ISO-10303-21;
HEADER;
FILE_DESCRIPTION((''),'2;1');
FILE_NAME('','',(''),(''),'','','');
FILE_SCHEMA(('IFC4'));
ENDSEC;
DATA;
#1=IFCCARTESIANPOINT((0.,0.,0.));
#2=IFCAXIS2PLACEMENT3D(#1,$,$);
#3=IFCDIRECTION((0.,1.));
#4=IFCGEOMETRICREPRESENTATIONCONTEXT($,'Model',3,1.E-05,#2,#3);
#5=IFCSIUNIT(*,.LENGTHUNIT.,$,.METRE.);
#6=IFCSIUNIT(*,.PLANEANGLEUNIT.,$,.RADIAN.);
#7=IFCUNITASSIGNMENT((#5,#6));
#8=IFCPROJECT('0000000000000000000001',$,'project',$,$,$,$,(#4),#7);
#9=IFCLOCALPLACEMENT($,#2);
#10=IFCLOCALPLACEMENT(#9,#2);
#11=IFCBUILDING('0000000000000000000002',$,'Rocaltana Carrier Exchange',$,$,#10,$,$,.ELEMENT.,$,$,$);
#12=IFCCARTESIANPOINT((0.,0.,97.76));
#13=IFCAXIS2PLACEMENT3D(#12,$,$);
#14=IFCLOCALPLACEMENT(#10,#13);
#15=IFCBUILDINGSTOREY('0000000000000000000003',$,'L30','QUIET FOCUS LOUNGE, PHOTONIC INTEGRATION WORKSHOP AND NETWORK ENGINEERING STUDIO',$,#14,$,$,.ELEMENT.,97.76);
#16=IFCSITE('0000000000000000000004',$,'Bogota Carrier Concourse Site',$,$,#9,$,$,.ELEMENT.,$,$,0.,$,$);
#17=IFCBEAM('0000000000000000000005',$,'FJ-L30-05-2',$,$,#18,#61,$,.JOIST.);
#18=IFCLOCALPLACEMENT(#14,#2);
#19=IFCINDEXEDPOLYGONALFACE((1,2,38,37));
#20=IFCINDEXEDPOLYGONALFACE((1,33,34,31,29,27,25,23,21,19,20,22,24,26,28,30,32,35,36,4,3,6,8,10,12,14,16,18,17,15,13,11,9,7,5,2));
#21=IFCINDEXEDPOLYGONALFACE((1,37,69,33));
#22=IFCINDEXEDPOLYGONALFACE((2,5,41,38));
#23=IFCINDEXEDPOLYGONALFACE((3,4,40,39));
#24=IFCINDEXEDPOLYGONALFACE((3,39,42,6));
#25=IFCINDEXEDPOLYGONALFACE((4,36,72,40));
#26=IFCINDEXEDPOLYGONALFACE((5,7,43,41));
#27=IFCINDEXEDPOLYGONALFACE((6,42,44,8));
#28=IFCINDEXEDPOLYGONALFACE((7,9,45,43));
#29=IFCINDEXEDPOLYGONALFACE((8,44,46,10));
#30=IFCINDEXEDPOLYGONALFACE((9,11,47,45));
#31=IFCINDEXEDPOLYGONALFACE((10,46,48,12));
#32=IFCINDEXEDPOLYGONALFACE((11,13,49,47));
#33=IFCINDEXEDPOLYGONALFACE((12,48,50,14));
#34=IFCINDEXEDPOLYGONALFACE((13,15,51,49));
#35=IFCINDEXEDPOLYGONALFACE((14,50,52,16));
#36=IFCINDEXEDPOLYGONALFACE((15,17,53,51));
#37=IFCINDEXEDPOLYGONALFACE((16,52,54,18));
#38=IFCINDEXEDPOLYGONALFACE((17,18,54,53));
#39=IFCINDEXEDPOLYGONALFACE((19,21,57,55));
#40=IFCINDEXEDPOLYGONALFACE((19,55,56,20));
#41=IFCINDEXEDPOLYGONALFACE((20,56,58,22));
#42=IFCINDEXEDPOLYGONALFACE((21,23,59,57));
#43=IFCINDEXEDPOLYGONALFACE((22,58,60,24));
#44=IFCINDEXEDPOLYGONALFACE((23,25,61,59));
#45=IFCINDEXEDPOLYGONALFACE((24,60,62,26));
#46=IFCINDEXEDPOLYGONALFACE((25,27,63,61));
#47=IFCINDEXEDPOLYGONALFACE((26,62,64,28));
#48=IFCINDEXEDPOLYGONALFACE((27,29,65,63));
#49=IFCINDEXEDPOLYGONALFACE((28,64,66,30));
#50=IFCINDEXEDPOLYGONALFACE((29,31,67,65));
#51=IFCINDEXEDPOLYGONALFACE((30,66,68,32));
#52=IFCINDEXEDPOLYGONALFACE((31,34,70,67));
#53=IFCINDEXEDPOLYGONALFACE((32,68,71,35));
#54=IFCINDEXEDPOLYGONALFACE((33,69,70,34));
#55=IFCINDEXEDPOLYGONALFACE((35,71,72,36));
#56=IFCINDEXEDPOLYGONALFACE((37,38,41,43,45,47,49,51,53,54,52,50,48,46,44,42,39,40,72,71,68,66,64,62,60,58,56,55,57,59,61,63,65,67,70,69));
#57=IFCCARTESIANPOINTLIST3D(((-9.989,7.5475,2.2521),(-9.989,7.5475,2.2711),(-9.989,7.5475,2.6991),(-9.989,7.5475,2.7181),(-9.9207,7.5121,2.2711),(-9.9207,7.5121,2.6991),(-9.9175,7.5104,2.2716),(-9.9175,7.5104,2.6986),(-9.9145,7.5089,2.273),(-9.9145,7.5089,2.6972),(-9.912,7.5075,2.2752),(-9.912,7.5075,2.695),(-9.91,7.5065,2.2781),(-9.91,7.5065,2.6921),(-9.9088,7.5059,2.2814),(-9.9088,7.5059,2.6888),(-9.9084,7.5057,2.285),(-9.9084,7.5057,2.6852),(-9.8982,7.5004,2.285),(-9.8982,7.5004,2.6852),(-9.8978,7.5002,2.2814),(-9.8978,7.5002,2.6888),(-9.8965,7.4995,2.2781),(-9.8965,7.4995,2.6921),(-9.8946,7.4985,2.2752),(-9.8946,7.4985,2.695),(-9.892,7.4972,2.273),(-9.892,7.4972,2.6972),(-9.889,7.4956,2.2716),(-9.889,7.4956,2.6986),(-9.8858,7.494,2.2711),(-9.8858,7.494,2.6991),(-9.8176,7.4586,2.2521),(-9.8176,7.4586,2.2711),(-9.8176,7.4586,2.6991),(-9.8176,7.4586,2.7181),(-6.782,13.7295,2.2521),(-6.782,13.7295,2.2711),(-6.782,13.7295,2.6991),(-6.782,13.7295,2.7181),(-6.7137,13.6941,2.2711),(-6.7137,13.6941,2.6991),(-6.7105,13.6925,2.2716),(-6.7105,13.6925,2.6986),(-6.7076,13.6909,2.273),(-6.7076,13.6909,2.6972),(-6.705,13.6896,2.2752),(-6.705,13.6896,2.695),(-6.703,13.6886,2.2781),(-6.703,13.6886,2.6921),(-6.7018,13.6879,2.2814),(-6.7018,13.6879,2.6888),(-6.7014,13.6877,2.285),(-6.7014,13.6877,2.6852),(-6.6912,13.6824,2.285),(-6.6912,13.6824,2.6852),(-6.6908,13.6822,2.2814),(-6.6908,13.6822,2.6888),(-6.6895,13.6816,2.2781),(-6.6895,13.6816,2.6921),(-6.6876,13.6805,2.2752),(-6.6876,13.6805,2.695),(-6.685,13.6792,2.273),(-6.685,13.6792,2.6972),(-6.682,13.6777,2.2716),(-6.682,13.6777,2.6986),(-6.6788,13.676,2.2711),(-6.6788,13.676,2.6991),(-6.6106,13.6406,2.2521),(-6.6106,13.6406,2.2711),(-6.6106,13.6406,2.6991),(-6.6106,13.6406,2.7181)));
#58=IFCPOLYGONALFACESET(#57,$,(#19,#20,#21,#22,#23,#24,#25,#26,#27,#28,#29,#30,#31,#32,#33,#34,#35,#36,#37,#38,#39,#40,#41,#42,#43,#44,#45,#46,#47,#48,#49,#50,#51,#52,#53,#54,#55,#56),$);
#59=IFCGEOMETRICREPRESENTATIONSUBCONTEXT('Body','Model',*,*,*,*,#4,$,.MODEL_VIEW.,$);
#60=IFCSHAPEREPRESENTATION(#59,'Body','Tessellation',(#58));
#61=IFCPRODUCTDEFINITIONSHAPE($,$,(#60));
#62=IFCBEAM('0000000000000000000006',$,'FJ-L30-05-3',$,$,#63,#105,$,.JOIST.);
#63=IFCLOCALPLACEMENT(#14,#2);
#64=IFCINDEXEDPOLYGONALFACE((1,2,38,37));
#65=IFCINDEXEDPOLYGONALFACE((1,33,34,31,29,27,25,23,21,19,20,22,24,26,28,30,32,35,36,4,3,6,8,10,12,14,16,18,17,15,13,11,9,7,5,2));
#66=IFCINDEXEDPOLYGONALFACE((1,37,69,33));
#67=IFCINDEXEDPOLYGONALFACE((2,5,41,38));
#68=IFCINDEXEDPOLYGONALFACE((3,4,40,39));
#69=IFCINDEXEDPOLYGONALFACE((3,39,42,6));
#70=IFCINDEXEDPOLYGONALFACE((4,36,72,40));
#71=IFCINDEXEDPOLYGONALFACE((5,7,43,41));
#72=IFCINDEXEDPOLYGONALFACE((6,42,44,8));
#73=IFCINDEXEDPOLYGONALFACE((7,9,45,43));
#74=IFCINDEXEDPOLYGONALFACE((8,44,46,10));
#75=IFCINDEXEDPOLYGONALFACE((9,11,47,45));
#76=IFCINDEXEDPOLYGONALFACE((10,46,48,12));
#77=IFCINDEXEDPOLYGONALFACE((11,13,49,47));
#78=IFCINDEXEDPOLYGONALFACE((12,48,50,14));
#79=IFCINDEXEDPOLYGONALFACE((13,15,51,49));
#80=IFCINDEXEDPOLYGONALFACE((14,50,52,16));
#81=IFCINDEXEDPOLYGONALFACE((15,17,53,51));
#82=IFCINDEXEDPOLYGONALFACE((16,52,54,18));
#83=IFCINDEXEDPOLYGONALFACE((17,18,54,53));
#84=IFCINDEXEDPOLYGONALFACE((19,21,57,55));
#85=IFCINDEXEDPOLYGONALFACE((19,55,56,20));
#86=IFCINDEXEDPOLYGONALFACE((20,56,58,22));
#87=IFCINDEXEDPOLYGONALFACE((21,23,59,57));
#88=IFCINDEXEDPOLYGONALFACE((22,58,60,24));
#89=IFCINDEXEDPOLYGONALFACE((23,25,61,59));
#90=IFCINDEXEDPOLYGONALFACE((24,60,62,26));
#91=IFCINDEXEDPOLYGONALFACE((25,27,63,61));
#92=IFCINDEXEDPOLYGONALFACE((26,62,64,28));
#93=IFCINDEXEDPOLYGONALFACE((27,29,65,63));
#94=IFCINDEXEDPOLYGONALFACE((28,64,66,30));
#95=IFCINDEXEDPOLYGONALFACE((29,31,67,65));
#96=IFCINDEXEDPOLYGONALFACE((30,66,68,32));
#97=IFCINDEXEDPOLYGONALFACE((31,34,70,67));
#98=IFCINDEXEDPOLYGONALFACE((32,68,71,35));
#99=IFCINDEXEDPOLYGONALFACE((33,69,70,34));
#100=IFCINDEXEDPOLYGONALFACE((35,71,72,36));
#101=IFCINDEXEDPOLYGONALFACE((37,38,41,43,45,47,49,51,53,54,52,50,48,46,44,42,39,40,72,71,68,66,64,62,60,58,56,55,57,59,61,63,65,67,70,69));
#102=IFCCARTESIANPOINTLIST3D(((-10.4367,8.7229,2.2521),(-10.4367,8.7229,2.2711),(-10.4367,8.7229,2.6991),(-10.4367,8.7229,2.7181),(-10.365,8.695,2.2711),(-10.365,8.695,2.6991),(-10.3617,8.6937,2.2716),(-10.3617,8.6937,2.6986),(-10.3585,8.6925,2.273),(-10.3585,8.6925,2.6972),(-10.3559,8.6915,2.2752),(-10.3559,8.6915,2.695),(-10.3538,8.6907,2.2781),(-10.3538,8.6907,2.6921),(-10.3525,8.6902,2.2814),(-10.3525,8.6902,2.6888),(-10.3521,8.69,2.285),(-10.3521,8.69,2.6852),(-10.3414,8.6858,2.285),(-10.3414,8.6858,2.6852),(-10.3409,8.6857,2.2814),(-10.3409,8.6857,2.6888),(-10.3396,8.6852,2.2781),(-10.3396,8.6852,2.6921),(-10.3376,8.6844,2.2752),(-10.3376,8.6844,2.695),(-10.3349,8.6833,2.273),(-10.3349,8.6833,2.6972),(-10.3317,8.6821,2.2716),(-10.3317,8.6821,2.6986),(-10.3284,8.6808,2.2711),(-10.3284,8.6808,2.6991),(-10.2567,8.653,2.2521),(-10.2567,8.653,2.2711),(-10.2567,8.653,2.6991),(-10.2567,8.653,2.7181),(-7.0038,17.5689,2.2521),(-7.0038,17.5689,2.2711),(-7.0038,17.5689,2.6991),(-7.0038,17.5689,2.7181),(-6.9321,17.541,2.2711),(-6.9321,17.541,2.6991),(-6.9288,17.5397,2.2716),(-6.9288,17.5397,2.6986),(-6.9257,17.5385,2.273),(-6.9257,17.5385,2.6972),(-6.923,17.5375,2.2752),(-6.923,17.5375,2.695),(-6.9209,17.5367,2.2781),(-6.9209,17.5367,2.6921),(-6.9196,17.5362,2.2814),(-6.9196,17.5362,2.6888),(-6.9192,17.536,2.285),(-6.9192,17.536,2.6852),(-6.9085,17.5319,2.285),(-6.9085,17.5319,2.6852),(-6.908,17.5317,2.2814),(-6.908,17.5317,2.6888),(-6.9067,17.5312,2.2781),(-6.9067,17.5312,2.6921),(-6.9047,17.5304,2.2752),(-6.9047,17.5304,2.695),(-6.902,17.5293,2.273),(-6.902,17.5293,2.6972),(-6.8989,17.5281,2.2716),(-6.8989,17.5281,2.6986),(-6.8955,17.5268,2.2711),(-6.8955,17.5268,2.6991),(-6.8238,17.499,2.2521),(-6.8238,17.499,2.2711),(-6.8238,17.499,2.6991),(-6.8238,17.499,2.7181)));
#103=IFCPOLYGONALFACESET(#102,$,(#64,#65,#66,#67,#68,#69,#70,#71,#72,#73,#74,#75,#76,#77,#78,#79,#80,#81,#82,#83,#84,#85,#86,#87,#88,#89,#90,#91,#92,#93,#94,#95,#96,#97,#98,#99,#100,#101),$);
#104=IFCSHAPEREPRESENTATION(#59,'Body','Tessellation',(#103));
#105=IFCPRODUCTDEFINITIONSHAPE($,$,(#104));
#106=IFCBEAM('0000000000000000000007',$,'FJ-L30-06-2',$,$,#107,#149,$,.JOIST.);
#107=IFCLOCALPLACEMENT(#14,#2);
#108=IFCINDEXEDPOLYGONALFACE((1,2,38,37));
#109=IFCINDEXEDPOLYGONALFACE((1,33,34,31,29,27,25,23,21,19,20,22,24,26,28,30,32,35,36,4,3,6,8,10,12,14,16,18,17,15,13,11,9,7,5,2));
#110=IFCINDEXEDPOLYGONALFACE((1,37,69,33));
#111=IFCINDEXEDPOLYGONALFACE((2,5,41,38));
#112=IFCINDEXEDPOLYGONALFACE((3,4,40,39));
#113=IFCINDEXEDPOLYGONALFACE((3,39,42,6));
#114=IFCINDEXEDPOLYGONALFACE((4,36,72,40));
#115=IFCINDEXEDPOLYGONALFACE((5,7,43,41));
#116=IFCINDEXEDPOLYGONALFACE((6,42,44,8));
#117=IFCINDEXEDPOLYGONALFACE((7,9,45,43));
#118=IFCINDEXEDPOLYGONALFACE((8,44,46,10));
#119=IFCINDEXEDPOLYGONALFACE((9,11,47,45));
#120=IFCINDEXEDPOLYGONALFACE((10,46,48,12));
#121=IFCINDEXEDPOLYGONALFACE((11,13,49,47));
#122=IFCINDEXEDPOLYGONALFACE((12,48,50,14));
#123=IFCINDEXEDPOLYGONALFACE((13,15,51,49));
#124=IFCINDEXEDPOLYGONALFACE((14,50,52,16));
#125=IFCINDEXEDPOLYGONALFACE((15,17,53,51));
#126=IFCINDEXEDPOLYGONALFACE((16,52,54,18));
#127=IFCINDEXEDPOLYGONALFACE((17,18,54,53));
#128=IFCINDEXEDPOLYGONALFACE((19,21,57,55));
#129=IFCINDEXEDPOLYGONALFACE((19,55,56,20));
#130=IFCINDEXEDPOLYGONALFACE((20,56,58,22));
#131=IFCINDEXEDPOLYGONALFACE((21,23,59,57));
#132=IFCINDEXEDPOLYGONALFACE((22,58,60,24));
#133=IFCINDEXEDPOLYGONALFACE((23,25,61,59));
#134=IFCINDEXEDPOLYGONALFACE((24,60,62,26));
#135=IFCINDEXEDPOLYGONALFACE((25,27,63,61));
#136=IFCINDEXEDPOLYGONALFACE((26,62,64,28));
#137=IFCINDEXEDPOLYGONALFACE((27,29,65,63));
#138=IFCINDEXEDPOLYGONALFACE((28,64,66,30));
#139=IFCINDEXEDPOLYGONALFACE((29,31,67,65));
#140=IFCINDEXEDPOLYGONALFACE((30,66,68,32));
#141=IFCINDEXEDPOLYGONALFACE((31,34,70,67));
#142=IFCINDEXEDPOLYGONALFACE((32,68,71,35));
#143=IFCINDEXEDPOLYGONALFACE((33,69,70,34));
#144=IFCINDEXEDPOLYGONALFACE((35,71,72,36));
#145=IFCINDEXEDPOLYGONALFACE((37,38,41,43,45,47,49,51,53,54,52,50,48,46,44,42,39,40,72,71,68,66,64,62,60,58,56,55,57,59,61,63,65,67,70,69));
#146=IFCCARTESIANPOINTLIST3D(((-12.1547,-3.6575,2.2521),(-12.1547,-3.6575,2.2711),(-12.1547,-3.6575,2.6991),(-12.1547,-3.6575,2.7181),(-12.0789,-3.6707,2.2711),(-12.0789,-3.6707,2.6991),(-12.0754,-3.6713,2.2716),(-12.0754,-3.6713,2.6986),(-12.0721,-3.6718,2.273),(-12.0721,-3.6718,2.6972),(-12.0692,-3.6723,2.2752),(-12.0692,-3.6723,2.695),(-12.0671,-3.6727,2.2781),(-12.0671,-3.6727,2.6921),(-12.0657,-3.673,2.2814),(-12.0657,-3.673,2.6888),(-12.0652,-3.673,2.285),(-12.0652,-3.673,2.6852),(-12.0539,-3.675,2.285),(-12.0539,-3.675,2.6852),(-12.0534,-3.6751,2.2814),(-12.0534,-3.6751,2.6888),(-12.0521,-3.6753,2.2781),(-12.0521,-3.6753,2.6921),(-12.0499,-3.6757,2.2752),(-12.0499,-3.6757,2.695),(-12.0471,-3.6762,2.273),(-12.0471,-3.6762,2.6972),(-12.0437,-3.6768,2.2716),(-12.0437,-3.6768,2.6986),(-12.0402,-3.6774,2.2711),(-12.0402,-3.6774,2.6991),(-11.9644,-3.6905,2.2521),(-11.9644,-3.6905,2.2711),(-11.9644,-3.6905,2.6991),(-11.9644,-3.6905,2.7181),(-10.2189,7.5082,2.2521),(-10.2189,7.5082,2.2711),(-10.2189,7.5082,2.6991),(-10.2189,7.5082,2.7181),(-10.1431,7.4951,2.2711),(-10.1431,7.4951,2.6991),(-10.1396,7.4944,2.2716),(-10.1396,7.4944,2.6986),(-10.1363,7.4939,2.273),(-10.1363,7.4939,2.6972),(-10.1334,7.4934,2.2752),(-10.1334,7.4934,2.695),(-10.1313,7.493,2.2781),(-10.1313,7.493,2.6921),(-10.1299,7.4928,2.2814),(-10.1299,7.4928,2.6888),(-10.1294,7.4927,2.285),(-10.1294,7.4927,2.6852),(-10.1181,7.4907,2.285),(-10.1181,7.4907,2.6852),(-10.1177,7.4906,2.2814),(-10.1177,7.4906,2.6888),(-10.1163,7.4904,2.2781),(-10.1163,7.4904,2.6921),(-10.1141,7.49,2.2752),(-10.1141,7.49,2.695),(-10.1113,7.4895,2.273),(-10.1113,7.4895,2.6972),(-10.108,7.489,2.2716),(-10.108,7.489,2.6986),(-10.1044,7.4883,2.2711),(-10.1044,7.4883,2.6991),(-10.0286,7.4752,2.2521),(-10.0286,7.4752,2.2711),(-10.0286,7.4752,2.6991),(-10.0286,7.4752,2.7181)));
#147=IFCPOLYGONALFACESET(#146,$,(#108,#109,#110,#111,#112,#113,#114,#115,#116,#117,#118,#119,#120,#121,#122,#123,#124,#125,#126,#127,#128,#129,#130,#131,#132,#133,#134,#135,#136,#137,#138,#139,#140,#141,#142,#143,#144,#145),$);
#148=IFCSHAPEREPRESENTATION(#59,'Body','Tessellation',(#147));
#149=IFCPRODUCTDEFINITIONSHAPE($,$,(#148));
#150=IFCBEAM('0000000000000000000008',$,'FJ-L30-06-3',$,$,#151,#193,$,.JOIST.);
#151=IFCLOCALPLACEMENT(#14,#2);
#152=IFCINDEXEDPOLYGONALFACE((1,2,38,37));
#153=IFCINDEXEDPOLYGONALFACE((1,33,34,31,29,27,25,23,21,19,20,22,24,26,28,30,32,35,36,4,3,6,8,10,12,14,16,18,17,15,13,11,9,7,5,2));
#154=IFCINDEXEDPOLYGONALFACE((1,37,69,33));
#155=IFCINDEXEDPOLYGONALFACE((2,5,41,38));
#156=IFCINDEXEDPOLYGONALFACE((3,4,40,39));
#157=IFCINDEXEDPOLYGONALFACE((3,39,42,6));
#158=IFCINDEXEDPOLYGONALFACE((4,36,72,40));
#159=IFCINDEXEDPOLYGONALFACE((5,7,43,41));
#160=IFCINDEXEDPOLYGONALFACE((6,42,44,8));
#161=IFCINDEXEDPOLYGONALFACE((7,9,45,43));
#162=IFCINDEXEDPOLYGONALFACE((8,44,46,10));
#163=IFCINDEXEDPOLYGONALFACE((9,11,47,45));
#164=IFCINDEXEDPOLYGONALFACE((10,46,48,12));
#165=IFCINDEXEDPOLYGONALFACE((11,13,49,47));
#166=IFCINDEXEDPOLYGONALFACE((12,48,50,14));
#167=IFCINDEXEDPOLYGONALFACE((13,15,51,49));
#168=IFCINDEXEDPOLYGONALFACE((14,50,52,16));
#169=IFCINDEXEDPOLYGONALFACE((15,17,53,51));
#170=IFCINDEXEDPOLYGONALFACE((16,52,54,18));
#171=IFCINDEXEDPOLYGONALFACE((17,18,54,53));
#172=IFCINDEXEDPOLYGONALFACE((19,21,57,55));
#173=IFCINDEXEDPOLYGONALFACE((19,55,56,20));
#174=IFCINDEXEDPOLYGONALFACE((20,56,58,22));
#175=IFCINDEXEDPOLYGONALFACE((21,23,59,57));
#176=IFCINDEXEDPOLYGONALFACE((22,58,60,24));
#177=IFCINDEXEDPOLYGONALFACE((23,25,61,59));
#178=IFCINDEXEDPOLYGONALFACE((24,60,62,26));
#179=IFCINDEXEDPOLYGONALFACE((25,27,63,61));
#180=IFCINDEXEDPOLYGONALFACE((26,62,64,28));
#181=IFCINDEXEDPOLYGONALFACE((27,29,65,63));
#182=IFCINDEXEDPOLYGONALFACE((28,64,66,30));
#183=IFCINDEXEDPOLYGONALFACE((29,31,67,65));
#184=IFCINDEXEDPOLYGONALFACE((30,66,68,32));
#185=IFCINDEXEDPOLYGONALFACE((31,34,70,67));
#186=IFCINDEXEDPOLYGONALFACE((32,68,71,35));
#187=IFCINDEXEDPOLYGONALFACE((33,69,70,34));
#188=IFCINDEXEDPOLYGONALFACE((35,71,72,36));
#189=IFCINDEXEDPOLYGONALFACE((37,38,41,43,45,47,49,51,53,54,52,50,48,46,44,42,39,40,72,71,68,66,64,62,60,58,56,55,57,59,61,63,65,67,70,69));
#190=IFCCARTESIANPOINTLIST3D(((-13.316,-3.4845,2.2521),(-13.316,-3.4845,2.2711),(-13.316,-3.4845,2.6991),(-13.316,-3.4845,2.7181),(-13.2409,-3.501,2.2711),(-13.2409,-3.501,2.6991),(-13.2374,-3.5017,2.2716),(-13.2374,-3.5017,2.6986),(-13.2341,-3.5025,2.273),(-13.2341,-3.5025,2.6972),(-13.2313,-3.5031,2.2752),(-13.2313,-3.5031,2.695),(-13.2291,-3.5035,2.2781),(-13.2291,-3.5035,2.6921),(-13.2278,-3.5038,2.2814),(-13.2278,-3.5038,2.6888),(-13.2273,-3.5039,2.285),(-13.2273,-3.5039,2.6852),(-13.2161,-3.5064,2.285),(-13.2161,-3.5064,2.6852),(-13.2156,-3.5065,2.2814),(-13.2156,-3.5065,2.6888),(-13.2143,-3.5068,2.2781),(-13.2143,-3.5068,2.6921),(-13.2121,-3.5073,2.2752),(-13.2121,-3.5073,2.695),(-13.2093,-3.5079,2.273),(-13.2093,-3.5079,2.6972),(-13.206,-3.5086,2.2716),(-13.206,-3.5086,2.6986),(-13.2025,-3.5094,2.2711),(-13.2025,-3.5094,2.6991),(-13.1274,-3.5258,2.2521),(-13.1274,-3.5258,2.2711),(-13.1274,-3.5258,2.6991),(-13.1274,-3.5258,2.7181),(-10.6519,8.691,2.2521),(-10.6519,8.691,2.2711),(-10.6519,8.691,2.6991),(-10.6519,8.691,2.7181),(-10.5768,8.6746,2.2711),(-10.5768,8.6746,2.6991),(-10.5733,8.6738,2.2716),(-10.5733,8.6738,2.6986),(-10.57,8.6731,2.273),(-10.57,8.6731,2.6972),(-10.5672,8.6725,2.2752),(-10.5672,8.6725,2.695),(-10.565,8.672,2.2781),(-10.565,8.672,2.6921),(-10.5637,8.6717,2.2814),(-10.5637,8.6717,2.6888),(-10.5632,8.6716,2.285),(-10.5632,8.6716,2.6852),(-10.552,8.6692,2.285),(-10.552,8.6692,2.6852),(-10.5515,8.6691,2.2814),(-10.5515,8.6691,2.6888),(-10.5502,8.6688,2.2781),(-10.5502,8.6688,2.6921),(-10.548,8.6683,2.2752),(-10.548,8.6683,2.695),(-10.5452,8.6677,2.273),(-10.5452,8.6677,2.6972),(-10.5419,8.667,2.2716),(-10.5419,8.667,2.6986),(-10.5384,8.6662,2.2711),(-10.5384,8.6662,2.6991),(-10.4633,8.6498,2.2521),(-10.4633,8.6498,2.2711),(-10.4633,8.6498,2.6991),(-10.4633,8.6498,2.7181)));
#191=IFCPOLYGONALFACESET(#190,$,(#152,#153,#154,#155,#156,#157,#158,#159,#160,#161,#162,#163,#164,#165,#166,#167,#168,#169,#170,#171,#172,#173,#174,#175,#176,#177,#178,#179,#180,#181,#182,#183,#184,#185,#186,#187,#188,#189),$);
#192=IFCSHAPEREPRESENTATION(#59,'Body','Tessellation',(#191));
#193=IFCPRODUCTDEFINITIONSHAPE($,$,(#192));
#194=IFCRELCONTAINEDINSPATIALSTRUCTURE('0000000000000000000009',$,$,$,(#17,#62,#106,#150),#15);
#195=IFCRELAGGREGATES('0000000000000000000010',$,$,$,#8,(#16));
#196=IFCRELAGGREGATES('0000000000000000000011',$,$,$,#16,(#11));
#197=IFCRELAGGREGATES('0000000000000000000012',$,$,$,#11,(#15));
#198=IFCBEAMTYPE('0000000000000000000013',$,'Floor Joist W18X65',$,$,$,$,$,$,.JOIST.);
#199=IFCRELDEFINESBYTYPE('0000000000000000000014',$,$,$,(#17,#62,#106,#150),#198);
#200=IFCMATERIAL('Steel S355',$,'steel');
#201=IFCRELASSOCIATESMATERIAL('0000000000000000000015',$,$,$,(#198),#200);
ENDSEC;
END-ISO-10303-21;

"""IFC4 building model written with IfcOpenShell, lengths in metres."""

from ifc_helpers import new_model, si_unit, direction, frame, origin, origin_2d, place, context, subcontext, project, spatial, i_section, extrude, material, material_profile, profile_set, type_object, element, save


model = new_model("IFC4")

# Units and contexts
model_context = context("Model", 3, precision=1e-05, world=origin(), true_north=direction((0.0, 1.0)))
body_context = subcontext(model_context, "Body", "Model", "MODEL_VIEW")
ifc_project = project(units=[si_unit("LENGTHUNIT", "METRE"), si_unit("PLANEANGLEUNIT", "RADIAN")], contexts=[model_context])

# Site, building, storey
site_placement = place(None, origin())
site = spatial("IfcSite", under=ifc_project, at=site_placement, Name="Bogota Carrier Concourse Site", CompositionType="ELEMENT", RefElevation=0.0)
building_placement = place(site_placement, origin())
building = spatial("IfcBuilding", under=site, at=building_placement, Name="Rocaltana Carrier Exchange", CompositionType="ELEMENT")
storey_placement = place(building_placement, frame((0.0, 0.0, 97.76)))
storey = spatial("IfcBuildingStorey", under=building, at=storey_placement, Name="L30", Description="QUIET FOCUS LOUNGE, PHOTONIC INTEGRATION WORKSHOP AND NETWORK ENGINEERING STUDIO", CompositionType="ELEMENT", Elevation=97.76)

# Beams
ifc_material_1 = material(Name="Steel S355", Category="steel")
ifc_material_profile_1 = material_profile(ifc_material_1, i_section(OverallWidth=0.1931, OverallDepth=0.4661, WebThickness=0.0115, FlangeThickness=0.019, FilletRadius=0.0139, at=origin_2d()), Name="W18X65")
ifc_profile_set_1 = profile_set([ifc_material_profile_1], Name="Steel S355")
beam_type_1 = type_object("IfcBeamType", Name="Floor Joist W18X65", PredefinedType="JOIST", material=ifc_profile_set_1)
beam_1_placement = place(storey_placement, frame((-6.6963, 13.6851, 2.4851), z_axis=(-0.460485, -0.887668, 0.0), x_axis=(0.887668, -0.460485, 0.0)))
element("IfcBeam", 1, at=beam_1_placement, inside=storey, type_object=beam_type_1, Name="FJ-L30-05-2", PredefinedType="JOIST", context=body_context, shape_type="SweptSolid", body=[
    extrude(i_section(OverallWidth=0.1931, OverallDepth=0.4661, WebThickness=0.0115, FlangeThickness=0.019, FilletRadius=0.0139, at=origin_2d()), origin(), (0.0, 0.0, 1.0), 6.9644),
])
beam_2_placement = place(storey_placement, frame((-6.9138, 17.5339, 2.4851), z_axis=(-0.361784, -0.932262, 0.0), x_axis=(0.932262, -0.361784, 0.0)))
element("IfcBeam", 2, at=beam_2_placement, inside=storey, type_object=beam_type_1, Name="FJ-L30-05-3", PredefinedType="JOIST", context=body_context, shape_type="SweptSolid", body=[
    extrude(i_section(OverallWidth=0.1931, OverallDepth=0.4661, WebThickness=0.0115, FlangeThickness=0.019, FilletRadius=0.0139, at=origin_2d()), origin(), (0.0, 0.0, 1.0), 9.4888),
])
beam_3_placement = place(storey_placement, frame((-10.1238, 7.4917, 2.4851), z_axis=(-0.17082, -0.985302, 0.0), x_axis=(0.985302, -0.17082, 0.0)))
element("IfcBeam", 3, at=beam_3_placement, inside=storey, type_object=beam_type_1, Name="FJ-L30-06-2", PredefinedType="JOIST", context=body_context, shape_type="SweptSolid", body=[
    extrude(i_section(OverallWidth=0.1931, OverallDepth=0.4661, WebThickness=0.0115, FlangeThickness=0.019, FilletRadius=0.0139, at=origin_2d()), origin(), (0.0, 0.0, 1.0), 11.3323),
])
beam_4_placement = place(storey_placement, frame((-10.5576, 8.6704, 2.4851), z_axis=(-0.213748, -0.976889, 0.0), x_axis=(0.976889, -0.213748, 0.0)))
element("IfcBeam", 4, at=beam_4_placement, inside=storey, type_object=beam_type_1, Name="FJ-L30-06-3", PredefinedType="JOIST", context=body_context, shape_type="SweptSolid", body=[
    extrude(i_section(OverallWidth=0.1931, OverallDepth=0.4661, WebThickness=0.0115, FlangeThickness=0.019, FilletRadius=0.0139, at=origin_2d()), origin(), (0.0, 0.0, 1.0), 12.4636),
])

save(model, "model.ifc")
